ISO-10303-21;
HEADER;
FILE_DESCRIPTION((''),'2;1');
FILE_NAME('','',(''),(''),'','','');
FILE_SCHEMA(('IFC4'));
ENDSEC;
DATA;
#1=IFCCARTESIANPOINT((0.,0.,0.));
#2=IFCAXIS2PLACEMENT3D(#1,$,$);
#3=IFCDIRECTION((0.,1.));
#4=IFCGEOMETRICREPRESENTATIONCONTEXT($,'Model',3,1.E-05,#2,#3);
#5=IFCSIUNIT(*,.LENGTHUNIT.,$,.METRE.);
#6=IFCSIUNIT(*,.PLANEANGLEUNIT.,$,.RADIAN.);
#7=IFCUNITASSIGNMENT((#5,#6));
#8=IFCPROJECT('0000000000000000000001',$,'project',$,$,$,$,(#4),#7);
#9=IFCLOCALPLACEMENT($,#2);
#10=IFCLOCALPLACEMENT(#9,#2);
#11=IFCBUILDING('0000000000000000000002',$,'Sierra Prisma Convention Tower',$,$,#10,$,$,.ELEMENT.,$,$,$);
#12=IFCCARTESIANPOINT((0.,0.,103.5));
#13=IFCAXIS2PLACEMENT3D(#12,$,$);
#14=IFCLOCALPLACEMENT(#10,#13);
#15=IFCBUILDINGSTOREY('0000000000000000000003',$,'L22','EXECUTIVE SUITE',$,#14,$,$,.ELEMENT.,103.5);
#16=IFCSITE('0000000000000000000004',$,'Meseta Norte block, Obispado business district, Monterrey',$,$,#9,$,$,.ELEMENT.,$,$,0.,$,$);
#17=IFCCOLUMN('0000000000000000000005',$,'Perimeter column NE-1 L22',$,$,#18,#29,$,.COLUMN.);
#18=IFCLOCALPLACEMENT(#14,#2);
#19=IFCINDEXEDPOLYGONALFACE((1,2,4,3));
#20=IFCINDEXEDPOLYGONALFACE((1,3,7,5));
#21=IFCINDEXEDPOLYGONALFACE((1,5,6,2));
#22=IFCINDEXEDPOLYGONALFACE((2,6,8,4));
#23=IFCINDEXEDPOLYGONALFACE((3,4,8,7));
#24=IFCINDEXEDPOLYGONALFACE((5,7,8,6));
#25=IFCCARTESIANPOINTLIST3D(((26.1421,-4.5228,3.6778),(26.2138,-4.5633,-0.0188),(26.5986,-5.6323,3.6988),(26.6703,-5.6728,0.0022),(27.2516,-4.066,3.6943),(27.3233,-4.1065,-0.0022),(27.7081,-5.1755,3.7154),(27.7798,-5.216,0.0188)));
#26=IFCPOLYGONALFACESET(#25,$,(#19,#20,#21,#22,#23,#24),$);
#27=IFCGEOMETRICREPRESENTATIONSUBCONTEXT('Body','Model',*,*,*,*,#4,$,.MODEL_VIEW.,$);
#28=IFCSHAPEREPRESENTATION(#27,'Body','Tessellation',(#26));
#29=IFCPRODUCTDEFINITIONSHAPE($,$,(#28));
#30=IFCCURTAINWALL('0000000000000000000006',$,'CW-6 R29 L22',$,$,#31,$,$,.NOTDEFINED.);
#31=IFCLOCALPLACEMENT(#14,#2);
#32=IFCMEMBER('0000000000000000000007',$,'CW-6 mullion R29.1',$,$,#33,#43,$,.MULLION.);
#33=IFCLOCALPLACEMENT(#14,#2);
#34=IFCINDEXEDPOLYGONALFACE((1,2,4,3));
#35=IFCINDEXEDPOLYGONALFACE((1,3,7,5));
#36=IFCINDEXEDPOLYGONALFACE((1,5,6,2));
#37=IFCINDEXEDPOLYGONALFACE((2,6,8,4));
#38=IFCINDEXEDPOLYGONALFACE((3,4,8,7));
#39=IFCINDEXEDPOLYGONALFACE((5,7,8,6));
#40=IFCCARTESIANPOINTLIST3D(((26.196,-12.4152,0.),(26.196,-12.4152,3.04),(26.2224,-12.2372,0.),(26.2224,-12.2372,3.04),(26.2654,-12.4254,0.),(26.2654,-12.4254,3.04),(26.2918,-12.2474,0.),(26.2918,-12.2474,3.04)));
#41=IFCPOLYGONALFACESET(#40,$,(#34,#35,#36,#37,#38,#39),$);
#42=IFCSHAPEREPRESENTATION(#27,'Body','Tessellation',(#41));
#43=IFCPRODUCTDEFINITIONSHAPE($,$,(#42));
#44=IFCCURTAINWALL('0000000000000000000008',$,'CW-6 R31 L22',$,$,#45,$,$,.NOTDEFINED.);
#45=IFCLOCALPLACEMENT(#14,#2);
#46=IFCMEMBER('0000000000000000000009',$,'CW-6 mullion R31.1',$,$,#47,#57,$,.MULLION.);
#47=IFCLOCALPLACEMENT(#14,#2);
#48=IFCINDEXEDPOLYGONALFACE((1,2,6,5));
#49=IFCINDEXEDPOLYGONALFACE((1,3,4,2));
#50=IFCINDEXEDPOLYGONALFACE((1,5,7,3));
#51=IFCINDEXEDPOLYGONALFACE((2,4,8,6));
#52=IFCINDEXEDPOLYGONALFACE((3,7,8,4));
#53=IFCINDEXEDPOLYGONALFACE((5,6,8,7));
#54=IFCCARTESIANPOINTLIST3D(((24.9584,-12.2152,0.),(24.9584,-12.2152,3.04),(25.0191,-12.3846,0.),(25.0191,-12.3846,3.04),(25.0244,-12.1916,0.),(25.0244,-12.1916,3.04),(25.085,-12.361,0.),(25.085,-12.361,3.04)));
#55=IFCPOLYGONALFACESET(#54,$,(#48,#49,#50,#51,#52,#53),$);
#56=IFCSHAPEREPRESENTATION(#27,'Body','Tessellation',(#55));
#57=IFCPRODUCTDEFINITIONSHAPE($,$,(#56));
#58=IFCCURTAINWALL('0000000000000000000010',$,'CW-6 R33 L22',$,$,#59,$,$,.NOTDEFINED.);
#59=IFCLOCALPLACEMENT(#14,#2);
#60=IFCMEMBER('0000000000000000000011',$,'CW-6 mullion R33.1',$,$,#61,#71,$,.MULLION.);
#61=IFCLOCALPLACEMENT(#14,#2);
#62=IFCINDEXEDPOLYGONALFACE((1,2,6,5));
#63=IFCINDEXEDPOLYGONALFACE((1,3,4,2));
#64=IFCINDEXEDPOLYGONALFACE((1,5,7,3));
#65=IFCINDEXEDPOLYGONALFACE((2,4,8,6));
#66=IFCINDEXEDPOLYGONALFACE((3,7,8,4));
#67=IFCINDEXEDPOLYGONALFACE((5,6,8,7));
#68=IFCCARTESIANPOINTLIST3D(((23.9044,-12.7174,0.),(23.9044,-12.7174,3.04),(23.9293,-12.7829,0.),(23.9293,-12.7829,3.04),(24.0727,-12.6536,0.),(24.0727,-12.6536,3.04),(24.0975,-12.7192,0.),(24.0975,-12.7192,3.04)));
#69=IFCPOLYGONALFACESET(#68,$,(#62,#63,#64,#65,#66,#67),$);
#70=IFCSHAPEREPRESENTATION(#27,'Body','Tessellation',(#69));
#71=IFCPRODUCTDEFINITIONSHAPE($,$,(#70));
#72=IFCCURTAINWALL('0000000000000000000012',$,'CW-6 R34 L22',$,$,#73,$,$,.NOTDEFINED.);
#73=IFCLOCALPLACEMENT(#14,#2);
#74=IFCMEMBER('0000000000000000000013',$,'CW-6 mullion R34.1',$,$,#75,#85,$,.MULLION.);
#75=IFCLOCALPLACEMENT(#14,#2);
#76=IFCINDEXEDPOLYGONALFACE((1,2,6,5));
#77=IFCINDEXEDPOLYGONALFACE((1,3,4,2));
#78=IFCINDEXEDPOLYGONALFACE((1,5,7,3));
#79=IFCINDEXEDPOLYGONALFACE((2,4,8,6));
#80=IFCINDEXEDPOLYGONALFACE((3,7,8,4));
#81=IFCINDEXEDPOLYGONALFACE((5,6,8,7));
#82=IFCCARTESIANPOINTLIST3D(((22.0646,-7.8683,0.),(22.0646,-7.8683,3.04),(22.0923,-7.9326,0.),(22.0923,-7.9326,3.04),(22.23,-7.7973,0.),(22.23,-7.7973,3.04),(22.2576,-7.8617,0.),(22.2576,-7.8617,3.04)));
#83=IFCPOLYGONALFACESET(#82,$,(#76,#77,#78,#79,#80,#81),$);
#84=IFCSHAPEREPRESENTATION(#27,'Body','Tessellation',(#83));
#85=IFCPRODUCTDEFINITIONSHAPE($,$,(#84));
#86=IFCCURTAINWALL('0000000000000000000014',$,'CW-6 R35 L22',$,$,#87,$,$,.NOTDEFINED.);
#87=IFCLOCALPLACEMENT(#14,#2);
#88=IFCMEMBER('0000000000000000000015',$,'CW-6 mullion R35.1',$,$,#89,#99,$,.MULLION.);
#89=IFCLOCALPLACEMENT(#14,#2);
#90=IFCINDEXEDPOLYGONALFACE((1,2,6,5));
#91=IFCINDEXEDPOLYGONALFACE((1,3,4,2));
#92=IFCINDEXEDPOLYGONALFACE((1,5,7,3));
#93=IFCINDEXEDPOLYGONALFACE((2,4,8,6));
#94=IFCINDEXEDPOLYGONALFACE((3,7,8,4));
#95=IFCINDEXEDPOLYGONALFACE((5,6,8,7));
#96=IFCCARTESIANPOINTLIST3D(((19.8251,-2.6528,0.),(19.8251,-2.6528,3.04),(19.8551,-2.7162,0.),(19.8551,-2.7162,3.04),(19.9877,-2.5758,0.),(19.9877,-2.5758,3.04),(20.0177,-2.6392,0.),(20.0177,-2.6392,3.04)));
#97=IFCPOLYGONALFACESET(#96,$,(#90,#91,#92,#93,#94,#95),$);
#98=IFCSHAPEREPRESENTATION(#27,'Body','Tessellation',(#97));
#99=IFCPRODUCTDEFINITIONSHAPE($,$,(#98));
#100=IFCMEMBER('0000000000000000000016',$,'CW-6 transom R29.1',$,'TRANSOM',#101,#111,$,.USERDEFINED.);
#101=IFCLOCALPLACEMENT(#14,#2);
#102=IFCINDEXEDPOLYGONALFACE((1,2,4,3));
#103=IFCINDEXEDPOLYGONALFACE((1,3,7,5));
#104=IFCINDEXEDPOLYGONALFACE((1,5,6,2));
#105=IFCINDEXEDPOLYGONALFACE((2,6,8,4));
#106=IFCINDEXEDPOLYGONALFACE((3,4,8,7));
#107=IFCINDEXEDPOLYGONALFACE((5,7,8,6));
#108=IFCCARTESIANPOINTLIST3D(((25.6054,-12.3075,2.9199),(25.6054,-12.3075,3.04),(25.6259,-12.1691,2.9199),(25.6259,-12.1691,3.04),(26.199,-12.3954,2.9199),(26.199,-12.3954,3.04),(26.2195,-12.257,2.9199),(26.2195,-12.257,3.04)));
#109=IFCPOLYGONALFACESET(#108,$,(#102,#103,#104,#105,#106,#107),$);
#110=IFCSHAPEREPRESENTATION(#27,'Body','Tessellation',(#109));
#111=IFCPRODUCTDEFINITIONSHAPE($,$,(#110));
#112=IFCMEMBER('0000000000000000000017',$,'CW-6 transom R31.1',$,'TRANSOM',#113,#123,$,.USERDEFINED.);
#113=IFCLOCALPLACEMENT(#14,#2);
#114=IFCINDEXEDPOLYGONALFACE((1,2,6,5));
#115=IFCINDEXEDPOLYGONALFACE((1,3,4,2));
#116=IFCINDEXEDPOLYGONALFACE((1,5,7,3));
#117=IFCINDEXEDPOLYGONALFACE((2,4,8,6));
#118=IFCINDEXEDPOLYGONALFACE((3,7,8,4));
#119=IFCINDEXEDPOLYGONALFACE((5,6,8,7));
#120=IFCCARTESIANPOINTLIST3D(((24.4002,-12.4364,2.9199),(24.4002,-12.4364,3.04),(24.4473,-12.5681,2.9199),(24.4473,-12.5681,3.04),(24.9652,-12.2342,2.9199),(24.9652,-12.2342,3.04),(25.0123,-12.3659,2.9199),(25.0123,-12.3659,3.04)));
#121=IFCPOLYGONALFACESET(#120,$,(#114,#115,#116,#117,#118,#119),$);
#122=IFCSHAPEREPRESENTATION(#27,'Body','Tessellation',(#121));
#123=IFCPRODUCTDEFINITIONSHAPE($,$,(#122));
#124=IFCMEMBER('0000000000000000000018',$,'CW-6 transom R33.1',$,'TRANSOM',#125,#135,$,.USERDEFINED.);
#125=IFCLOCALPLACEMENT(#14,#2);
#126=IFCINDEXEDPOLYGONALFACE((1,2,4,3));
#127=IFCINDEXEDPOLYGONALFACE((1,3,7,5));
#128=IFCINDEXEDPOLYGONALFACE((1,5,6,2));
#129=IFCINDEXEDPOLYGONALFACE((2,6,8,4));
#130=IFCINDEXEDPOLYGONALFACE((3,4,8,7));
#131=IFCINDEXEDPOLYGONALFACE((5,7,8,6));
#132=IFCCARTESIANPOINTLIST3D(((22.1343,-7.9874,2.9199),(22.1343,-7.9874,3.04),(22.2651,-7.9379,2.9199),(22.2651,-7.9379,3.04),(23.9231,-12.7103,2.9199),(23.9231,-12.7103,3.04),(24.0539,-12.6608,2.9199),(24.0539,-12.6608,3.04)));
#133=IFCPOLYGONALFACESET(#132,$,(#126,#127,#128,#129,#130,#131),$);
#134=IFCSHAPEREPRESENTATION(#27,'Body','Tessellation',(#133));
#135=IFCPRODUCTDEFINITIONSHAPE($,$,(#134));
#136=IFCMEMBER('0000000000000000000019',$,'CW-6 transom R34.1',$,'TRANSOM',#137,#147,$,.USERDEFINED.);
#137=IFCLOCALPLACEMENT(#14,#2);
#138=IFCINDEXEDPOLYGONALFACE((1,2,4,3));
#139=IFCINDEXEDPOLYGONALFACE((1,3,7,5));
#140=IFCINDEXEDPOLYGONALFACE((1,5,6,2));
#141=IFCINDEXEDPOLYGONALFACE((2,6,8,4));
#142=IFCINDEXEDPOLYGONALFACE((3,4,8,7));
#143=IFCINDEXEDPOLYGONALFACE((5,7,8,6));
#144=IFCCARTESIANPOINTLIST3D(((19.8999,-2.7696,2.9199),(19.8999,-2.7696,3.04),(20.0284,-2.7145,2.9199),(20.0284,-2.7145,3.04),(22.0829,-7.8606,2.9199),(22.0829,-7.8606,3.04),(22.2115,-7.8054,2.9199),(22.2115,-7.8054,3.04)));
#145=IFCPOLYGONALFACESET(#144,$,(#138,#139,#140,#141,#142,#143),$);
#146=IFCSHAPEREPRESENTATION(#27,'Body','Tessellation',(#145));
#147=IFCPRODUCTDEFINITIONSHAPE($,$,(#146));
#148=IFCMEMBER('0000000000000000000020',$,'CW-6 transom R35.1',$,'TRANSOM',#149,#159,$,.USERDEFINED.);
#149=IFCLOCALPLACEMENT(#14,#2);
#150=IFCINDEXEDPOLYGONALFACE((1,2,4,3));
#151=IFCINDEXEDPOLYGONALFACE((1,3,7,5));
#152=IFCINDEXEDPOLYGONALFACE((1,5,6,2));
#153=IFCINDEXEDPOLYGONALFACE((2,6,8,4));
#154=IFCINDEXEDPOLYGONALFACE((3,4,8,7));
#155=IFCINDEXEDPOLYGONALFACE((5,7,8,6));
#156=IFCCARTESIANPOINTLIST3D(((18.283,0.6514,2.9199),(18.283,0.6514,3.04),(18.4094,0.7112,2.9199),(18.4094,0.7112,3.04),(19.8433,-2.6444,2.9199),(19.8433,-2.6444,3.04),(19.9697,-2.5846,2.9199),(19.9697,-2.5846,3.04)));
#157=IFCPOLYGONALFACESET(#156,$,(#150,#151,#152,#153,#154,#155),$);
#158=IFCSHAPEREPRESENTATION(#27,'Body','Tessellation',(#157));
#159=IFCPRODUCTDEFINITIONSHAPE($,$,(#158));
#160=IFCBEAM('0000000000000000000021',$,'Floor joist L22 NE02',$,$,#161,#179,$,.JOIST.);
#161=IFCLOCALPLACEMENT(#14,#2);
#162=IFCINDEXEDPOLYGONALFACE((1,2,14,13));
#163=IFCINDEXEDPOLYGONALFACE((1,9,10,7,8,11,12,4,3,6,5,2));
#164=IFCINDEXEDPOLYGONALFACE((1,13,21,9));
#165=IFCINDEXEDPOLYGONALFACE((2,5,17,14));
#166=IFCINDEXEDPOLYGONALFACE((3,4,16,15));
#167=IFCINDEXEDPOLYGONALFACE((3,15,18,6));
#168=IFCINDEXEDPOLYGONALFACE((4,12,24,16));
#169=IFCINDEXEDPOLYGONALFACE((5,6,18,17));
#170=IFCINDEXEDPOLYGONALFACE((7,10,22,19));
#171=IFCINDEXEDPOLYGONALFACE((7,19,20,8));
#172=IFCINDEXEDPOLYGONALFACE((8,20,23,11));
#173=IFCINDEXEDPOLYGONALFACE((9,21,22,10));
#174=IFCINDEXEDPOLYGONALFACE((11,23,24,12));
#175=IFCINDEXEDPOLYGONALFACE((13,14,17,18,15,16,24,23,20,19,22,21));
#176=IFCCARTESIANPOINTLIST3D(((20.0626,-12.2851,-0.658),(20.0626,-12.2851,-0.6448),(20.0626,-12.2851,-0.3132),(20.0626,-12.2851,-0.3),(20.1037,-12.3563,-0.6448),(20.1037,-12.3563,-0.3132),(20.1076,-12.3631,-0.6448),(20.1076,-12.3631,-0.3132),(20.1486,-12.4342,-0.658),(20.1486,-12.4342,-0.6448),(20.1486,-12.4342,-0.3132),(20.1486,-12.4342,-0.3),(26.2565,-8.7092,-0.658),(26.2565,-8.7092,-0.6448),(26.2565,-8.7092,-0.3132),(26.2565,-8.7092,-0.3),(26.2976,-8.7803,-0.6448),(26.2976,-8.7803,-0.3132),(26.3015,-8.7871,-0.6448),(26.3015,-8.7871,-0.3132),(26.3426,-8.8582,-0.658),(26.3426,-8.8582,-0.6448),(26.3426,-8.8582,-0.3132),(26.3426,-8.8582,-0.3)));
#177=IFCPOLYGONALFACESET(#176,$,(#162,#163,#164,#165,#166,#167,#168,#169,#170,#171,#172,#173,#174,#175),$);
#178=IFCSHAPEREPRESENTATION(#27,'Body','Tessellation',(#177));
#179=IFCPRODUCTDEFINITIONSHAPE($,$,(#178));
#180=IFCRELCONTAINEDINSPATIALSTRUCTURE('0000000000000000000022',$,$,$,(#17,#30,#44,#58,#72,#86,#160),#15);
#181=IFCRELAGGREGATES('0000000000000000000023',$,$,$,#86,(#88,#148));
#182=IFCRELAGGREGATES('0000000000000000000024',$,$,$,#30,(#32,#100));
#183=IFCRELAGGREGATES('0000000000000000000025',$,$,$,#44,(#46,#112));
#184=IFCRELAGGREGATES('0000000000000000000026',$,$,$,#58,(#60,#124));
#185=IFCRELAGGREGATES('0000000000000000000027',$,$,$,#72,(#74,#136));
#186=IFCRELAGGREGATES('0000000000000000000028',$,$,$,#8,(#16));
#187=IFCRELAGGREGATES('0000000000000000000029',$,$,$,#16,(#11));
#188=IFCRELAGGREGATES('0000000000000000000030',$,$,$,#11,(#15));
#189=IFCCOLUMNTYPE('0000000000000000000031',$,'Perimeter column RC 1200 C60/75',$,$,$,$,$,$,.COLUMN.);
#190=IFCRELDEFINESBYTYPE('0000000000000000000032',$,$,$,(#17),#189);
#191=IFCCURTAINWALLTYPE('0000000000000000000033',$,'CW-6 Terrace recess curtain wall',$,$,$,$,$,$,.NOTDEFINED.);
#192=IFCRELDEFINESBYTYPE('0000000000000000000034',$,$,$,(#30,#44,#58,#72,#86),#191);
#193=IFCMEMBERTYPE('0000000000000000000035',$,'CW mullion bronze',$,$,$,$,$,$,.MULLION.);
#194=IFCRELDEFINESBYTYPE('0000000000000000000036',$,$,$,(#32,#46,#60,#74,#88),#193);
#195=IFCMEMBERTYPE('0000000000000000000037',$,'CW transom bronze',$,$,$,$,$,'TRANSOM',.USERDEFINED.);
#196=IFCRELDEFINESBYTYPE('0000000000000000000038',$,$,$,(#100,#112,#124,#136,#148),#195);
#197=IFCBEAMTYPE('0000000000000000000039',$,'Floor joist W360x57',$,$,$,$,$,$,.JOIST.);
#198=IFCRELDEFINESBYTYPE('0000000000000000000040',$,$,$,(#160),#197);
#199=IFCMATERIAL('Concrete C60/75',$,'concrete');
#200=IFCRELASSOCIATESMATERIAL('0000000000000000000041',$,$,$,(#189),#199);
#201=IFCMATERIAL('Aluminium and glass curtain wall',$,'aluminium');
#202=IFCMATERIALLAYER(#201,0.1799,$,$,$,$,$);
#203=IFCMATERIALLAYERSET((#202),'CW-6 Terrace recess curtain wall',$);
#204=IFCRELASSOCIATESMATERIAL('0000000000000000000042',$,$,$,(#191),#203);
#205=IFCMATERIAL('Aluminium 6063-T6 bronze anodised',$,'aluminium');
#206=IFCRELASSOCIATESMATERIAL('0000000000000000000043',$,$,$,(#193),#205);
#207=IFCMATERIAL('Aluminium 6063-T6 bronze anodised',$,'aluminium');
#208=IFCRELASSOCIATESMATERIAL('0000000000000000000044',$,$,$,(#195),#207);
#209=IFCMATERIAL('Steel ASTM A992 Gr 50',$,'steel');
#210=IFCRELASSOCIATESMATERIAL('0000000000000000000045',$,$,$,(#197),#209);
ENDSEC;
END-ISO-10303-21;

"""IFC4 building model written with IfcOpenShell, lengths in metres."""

from ifc_helpers import new_model, si_unit, direction, frame, origin, origin_2d, place, context, subcontext, project, spatial, rectangle, i_section, extrude, clip, halfspace, material, layer, layer_set, material_profile, profile_set, type_object, element, aggregate, save


model = new_model("IFC4")

# Units and contexts
model_context = context("Model", 3, precision=1e-05, world=origin(), true_north=direction((0.0, 1.0)))
body_context = subcontext(model_context, "Body", "Model", "MODEL_VIEW")
ifc_project = project(units=[si_unit("LENGTHUNIT", "METRE"), si_unit("PLANEANGLEUNIT", "RADIAN")], contexts=[model_context])

# Site, building, storey
site_placement = place(None, origin())
site = spatial("IfcSite", under=ifc_project, at=site_placement, Name="Meseta Norte block, Obispado business district, Monterrey", CompositionType="ELEMENT", RefElevation=0.0)
building_placement = place(site_placement, origin())
building = spatial("IfcBuilding", under=site, at=building_placement, Name="Sierra Prisma Convention Tower", CompositionType="ELEMENT")
storey_placement = place(building_placement, frame((0.0, 0.0, 103.5)))
storey = spatial("IfcBuildingStorey", under=building, at=storey_placement, Name="L22", Description="EXECUTIVE SUITE", CompositionType="ELEMENT", Elevation=103.5)

# Column
ifc_material_1 = material(Name="Concrete C60/75", Category="concrete")
ifc_material_profile_1 = material_profile(ifc_material_1, rectangle(XDim=1.2, YDim=1.2, at=origin_2d()), Name="Perimeter column RC 1200 C60/75")
ifc_profile_set_1 = profile_set([ifc_material_profile_1], Name="Concrete C60/75")
column_type = type_object("IfcColumnType", Name="Perimeter column RC 1200 C60/75", PredefinedType="COLUMN", material=ifc_profile_set_1)
column_placement = place(storey_placement, frame((26.9968, -4.8896, 0.0), z_axis=(-0.019395, 0.010951, 0.999752), x_axis=(-0.380413, 0.924651, -0.017508)))
element("IfcColumn", 1, at=column_placement, inside=storey, type_object=column_type, Name="Perimeter column NE-1 L22", PredefinedType="COLUMN", context=body_context, shape_type="SweptSolid", body=[
    clip(extrude(rectangle(XDim=1.2, YDim=1.2, at=origin_2d()), origin(), (0.0, 0.0, 1.0), 3.7009), halfspace(frame((0.0, 0.0, 3.6975)), False)),
])

# Curtain walls, members
ifc_material_2 = material(Name="Aluminium and glass curtain wall", Category="aluminium")
ifc_layer_1 = layer(ifc_material_2, 0.1799)
ifc_layer_set_1 = layer_set([ifc_layer_1], Name="CW-6 Terrace recess curtain wall")
curtain_wall_type = type_object("IfcCurtainWallType", Name="CW-6 Terrace recess curtain wall", PredefinedType="NOTDEFINED", material=ifc_layer_set_1)
curtain_wall_1_placement = place(storey_placement, origin())
curtain_wall_1 = element("IfcCurtainWall", 2, at=curtain_wall_1_placement, inside=storey, type_object=curtain_wall_type, Name="CW-6 R29 L22", PredefinedType="NOTDEFINED")
ifc_material_3 = material(Name="Aluminium 6063-T6 bronze anodised", Category="aluminium")
ifc_material_profile_2 = material_profile(ifc_material_3, rectangle(XDim=0.1799, YDim=0.0701, at=origin_2d()), Name="ALU MULLION 70x180")
ifc_profile_set_2 = profile_set([ifc_material_profile_2], Name="Aluminium 6063-T6 bronze anodised")
member_type_1 = type_object("IfcMemberType", Name="CW mullion bronze", PredefinedType="MULLION", material=ifc_profile_set_2)
member_1_placement = place(storey_placement, frame((26.2439, -12.3313, 0.0), z_axis=(0.0, 0.0, 1.0), x_axis=(-0.14673, -0.989177, 0.0)))
member_1 = element("IfcMember", 3, at=member_1_placement, type_object=member_type_1, Name="CW-6 mullion R29.1", PredefinedType="MULLION", context=body_context, shape_type="SweptSolid", body=[
    extrude(rectangle(XDim=0.1799, YDim=0.0701, at=origin_2d()), origin(), (0.0, 0.0, 1.0), 3.04),
])
curtain_wall_2_placement = place(storey_placement, origin())
curtain_wall_2 = element("IfcCurtainWall", 4, at=curtain_wall_2_placement, inside=storey, type_object=curtain_wall_type, Name="CW-6 R31 L22", PredefinedType="NOTDEFINED")
member_2_placement = place(storey_placement, frame((25.0217, -12.2881, 0.0), z_axis=(0.0, 0.0, 1.0), x_axis=(0.33689, -0.941544, 0.0)))
member_2 = element("IfcMember", 5, at=member_2_placement, type_object=member_type_1, Name="CW-6 mullion R31.1", PredefinedType="MULLION", context=body_context, shape_type="SweptSolid", body=[
    extrude(rectangle(XDim=0.1799, YDim=0.0701, at=origin_2d()), origin(), (0.0, 0.0, 1.0), 3.04),
])
curtain_wall_3_placement = place(storey_placement, origin())
curtain_wall_3 = element("IfcCurtainWall", 6, at=curtain_wall_3_placement, inside=storey, type_object=curtain_wall_type, Name="CW-6 R33 L22", PredefinedType="NOTDEFINED")
member_3_placement = place(storey_placement, frame((24.001, -12.7183, 0.0), z_axis=(0.0, 0.0, 1.0), x_axis=(-0.935156, -0.354237, 0.0)))
member_3 = element("IfcMember", 7, at=member_3_placement, type_object=member_type_1, Name="CW-6 mullion R33.1", PredefinedType="MULLION", context=body_context, shape_type="SweptSolid", body=[
    extrude(rectangle(XDim=0.1799, YDim=0.0701, at=origin_2d()), origin(), (0.0, 0.0, 1.0), 3.04),
])
curtain_wall_4_placement = place(storey_placement, origin())
curtain_wall_4 = element("IfcCurtainWall", 8, at=curtain_wall_4_placement, inside=storey, type_object=curtain_wall_type, Name="CW-6 R34 L22", PredefinedType="NOTDEFINED")
member_4_placement = place(storey_placement, frame((22.1611, -7.865, 0.0), z_axis=(0.0, 0.0, 1.0), x_axis=(-0.919052, -0.394137, 0.0)))
member_4 = element("IfcMember", 9, at=member_4_placement, type_object=member_type_1, Name="CW-6 mullion R34.1", PredefinedType="MULLION", context=body_context, shape_type="SweptSolid", body=[
    extrude(rectangle(XDim=0.1799, YDim=0.0701, at=origin_2d()), origin(), (0.0, 0.0, 1.0), 3.04),
])
curtain_wall_5_placement = place(storey_placement, origin())
curtain_wall_5 = element("IfcCurtainWall", 10, at=curtain_wall_5_placement, inside=storey, type_object=curtain_wall_type, Name="CW-6 R35 L22", PredefinedType="NOTDEFINED")
member_5_placement = place(storey_placement, frame((19.9214, -2.646, 0.0), z_axis=(0.0, 0.0, 1.0), x_axis=(-0.903834, -0.427884, 0.0)))
member_5 = element("IfcMember", 11, at=member_5_placement, type_object=member_type_1, Name="CW-6 mullion R35.1", PredefinedType="MULLION", context=body_context, shape_type="SweptSolid", body=[
    extrude(rectangle(XDim=0.1799, YDim=0.0701, at=origin_2d()), origin(), (0.0, 0.0, 1.0), 3.04),
])

# Members
ifc_material_4 = material(Name="Aluminium 6063-T6 bronze anodised", Category="aluminium")
ifc_material_profile_3 = material_profile(ifc_material_4, rectangle(XDim=0.1399, YDim=0.1201, at=origin_2d()), Name="ALU TRANSOM 120x140")
ifc_profile_set_3 = profile_set([ifc_material_profile_3], Name="Aluminium 6063-T6 bronze anodised")
member_type_2 = type_object("IfcMemberType", Name="CW transom bronze", ElementType="TRANSOM", PredefinedType="USERDEFINED", material=ifc_profile_set_3)
member_6_placement = place(storey_placement, frame((26.2092, -12.3262, 2.98), z_axis=(-0.989212, 0.14649, 0.0), x_axis=(-0.14649, -0.989212, 0.0)))
member_6 = element("IfcMember", 12, at=member_6_placement, type_object=member_type_2, Name="CW-6 transom R29.1", ObjectType="TRANSOM", PredefinedType="USERDEFINED", context=body_context, shape_type="SweptSolid", body=[
    extrude(rectangle(XDim=0.1399, YDim=0.1201, at=origin_2d()), origin(), (0.0, 0.0, 1.0), 0.6001),
])
member_7_placement = place(storey_placement, frame((24.9888, -12.3, 2.98), z_axis=(-0.941539, -0.336903, 0.0), x_axis=(0.336903, -0.941539, 0.0)))
member_7 = element("IfcMember", 13, at=member_7_placement, type_object=member_type_2, Name="CW-6 transom R31.1", ObjectType="TRANSOM", PredefinedType="USERDEFINED", context=body_context, shape_type="SweptSolid", body=[
    extrude(rectangle(XDim=0.1399, YDim=0.1201, at=origin_2d()), origin(), (0.0, 0.0, 1.0), 0.6001),
])
member_8_placement = place(storey_placement, frame((23.9885, -12.6855, 2.98), z_axis=(-0.3542, 0.93517, 0.0), x_axis=(-0.93517, -0.3542, 0.0)))
member_8 = element("IfcMember", 14, at=member_8_placement, type_object=member_type_2, Name="CW-6 transom R33.1", ObjectType="TRANSOM", PredefinedType="USERDEFINED", context=body_context, shape_type="SweptSolid", body=[
    extrude(rectangle(XDim=0.1399, YDim=0.1201, at=origin_2d()), origin(), (0.0, 0.0, 1.0), 5.0503),
])
member_9_placement = place(storey_placement, frame((22.1472, -7.833, 2.98), z_axis=(-0.394105, 0.919065, 0.0), x_axis=(-0.919065, -0.394105, 0.0)))
member_9 = element("IfcMember", 15, at=member_9_placement, type_object=member_type_2, Name="CW-6 transom R34.1", ObjectType="TRANSOM", PredefinedType="USERDEFINED", context=body_context, shape_type="SweptSolid", body=[
    extrude(rectangle(XDim=0.1399, YDim=0.1201, at=origin_2d()), origin(), (0.0, 0.0, 1.0), 5.5393),
])
member_10_placement = place(storey_placement, frame((19.9065, -2.6145, 2.98), z_axis=(-0.427882, 0.903835, 0.0), x_axis=(-0.903835, -0.427882, 0.0)))
member_10 = element("IfcMember", 16, at=member_10_placement, type_object=member_type_2, Name="CW-6 transom R35.1", ObjectType="TRANSOM", PredefinedType="USERDEFINED", context=body_context, shape_type="SweptSolid", body=[
    extrude(rectangle(XDim=0.1399, YDim=0.1201, at=origin_2d()), origin(), (0.0, 0.0, 1.0), 3.6465),
])
aggregate(curtain_wall_5, [member_5, member_10])

# Beam
ifc_material_5 = material(Name="Steel ASTM A992 Gr 50", Category="steel")
ifc_material_profile_4 = material_profile(ifc_material_5, i_section(OverallWidth=0.1721, OverallDepth=0.3579, WebThickness=0.0078, FlangeThickness=0.0132, at=origin_2d()), Name="W360x57")
ifc_profile_set_4 = profile_set([ifc_material_profile_4], Name="Steel ASTM A992 Gr 50")
beam_type_1 = type_object("IfcBeamType", Name="Floor joist W360x57", PredefinedType="JOIST", material=ifc_profile_set_4)
beam_1_placement = place(storey_placement, frame((26.2996, -8.7837, -0.479), z_axis=(-0.866031, -0.49999, 0.0), x_axis=(0.49999, -0.866031, 0.0)))
element("IfcBeam", 17, at=beam_1_placement, inside=storey, type_object=beam_type_1, Name="Floor joist L22 NE02", PredefinedType="JOIST", context=body_context, shape_type="SweptSolid", body=[
    extrude(i_section(OverallWidth=0.1721, OverallDepth=0.3579, WebThickness=0.0078, FlangeThickness=0.0132, at=origin_2d()), origin(), (0.0, 0.0, 1.0), 7.1521),
])

aggregate(curtain_wall_1, [member_1, member_6])
aggregate(curtain_wall_2, [member_2, member_7])
aggregate(curtain_wall_3, [member_3, member_8])
aggregate(curtain_wall_4, [member_4, member_9])

save(model, "model.ifc")
